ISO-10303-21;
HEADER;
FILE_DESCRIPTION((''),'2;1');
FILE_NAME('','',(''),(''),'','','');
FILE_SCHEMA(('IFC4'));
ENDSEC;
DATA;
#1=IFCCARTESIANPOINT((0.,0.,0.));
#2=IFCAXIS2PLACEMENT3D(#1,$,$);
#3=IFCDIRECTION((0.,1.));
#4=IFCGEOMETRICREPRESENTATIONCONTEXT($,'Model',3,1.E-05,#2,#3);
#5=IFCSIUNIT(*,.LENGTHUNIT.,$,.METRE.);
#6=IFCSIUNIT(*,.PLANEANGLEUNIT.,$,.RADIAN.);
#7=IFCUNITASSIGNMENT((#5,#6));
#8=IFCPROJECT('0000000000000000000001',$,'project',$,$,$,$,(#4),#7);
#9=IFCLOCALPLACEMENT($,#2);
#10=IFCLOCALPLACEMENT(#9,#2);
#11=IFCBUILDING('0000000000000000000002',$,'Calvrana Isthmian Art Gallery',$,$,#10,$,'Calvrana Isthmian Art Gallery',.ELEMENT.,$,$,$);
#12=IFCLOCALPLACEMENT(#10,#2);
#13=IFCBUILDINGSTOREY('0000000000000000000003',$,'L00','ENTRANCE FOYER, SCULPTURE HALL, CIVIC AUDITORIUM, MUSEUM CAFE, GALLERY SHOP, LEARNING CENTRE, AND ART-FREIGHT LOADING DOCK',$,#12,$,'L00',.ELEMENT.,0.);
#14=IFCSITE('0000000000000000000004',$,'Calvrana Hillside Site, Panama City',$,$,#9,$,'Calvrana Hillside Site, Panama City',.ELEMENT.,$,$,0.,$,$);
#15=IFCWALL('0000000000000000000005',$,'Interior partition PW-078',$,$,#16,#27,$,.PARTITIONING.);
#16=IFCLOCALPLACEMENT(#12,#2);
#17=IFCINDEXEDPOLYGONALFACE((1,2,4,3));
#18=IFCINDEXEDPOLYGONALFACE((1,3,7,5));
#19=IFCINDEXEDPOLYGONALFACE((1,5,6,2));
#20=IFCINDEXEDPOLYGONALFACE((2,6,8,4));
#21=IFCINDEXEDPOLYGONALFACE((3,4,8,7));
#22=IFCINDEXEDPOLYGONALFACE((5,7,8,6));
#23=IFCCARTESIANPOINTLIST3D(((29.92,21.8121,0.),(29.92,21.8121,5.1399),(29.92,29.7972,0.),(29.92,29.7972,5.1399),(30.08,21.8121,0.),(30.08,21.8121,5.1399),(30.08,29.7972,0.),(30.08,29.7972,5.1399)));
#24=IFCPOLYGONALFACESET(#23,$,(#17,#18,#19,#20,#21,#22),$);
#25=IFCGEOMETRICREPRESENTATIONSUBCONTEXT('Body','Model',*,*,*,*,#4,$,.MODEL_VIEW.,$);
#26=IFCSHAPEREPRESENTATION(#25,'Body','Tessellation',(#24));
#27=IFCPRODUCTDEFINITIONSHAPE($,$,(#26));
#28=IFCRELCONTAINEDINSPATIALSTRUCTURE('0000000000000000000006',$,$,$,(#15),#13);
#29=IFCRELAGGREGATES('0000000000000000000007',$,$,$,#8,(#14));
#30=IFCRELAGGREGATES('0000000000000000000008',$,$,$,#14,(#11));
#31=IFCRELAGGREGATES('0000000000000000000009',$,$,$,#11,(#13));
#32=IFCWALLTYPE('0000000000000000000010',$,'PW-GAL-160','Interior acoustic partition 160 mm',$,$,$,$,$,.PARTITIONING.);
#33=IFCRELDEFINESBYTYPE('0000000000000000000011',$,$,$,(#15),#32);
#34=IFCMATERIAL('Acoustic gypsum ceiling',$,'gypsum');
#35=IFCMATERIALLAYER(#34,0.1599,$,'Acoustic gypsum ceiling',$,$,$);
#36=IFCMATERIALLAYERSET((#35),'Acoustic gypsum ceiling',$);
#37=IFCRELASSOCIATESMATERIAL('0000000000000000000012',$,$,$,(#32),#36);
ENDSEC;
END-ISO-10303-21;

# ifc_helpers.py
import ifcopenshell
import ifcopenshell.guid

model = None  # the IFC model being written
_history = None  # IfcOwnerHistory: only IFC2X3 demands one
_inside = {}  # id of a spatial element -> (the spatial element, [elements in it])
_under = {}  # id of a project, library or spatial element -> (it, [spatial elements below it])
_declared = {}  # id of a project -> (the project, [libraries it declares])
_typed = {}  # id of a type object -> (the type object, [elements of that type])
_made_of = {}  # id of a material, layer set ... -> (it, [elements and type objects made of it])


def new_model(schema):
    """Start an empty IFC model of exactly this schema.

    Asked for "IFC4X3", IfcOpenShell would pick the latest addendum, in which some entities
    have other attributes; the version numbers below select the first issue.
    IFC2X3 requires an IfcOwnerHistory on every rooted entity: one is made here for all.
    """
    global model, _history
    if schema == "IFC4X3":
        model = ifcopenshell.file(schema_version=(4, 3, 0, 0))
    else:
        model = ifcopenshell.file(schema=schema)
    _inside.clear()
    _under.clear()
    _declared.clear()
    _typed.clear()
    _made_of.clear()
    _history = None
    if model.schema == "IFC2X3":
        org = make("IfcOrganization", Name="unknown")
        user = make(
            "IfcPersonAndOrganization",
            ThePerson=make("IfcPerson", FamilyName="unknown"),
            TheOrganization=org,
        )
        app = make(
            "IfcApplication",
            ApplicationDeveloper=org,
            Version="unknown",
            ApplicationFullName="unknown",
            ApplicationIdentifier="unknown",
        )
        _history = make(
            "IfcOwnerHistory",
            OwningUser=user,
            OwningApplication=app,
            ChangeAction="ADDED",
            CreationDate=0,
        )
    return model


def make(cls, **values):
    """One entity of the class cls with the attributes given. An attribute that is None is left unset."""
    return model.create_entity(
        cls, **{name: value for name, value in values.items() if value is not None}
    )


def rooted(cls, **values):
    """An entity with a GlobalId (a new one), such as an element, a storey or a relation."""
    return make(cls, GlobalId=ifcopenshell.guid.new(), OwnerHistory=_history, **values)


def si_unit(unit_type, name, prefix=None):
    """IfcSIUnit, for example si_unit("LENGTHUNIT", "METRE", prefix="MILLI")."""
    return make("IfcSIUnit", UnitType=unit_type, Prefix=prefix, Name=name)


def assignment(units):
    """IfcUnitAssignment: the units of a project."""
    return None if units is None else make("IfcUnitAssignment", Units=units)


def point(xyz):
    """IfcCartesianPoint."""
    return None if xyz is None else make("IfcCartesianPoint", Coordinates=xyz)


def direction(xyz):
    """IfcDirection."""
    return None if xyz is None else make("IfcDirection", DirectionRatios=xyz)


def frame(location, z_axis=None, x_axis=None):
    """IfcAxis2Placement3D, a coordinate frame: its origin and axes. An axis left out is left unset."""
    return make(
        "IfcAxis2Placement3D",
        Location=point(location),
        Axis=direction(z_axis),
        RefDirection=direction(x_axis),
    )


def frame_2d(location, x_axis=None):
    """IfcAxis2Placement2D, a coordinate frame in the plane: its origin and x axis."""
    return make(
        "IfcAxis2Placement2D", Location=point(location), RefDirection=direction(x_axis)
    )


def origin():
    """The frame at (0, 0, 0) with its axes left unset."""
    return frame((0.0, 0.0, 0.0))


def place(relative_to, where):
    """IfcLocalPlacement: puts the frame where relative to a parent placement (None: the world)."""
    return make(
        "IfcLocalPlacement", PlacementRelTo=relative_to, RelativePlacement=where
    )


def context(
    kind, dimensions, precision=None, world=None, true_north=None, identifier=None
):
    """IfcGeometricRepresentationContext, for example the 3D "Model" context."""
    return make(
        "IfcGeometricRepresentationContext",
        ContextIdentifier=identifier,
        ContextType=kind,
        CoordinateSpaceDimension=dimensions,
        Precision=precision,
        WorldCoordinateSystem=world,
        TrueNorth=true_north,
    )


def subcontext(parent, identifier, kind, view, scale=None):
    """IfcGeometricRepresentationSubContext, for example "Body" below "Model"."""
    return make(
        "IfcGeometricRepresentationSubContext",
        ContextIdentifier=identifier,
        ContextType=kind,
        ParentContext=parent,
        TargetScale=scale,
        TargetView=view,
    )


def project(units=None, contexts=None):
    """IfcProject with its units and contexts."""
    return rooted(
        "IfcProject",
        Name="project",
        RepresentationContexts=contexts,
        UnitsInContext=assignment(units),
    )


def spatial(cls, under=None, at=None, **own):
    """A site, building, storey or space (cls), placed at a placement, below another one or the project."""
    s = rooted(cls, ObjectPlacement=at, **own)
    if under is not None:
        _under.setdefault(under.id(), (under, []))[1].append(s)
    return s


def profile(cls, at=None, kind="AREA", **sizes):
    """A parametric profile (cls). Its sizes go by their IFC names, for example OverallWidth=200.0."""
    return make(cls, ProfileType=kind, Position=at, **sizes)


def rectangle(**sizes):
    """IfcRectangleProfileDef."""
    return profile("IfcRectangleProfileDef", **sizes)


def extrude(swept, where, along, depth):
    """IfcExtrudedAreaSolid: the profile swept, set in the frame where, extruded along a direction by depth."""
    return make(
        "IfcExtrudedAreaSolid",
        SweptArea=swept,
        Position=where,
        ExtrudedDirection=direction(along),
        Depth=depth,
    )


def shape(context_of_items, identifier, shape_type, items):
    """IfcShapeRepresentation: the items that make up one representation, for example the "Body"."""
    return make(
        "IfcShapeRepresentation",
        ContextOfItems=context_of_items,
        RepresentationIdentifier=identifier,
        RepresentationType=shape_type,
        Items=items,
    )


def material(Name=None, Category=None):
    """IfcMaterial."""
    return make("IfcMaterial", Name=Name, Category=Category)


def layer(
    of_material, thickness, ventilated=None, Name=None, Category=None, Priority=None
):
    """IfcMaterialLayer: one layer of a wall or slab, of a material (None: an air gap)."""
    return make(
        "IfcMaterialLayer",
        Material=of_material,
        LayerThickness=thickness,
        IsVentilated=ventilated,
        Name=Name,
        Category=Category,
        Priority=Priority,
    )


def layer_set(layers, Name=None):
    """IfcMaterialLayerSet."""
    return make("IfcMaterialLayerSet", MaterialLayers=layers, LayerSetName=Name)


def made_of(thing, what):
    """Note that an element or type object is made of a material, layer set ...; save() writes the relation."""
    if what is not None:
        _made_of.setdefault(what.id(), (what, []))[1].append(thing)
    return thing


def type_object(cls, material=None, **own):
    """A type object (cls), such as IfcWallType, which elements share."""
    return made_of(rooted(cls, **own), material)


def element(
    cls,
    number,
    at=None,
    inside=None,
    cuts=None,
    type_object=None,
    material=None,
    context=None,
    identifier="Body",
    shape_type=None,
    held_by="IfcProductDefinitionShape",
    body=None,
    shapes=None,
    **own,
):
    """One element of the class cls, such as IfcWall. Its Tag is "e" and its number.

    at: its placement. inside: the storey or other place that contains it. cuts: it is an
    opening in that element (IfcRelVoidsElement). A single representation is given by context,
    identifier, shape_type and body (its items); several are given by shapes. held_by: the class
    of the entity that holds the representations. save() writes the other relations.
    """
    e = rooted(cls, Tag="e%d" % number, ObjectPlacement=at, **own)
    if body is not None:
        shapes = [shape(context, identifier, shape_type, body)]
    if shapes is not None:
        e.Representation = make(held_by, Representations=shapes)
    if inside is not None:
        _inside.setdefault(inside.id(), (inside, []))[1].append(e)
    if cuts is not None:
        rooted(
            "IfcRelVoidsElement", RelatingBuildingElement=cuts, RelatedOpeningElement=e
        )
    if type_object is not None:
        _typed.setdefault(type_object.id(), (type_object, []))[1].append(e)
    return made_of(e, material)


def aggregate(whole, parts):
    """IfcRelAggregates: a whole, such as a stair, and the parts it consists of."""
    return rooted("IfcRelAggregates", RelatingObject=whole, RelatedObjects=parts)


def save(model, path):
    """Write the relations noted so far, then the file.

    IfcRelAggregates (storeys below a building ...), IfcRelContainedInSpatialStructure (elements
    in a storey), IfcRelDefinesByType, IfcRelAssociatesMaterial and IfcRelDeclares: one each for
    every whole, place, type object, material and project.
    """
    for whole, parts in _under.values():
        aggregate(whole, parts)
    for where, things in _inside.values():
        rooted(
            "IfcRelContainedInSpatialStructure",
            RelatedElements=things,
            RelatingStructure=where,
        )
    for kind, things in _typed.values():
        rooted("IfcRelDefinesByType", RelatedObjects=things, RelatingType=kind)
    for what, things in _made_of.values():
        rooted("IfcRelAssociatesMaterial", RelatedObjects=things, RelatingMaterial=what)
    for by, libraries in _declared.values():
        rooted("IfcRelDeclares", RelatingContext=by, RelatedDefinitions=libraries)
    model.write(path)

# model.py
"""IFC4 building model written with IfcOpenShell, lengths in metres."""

from ifc_helpers import new_model, si_unit, direction, frame, frame_2d, origin, place, context, subcontext, project, spatial, rectangle, extrude, material, layer, layer_set, type_object, element, save


model = new_model("IFC4")

# Units and contexts
model_context = context("Model", 3, precision=1e-05, world=origin(), true_north=direction((0.0, 1.0)))
body_context = subcontext(model_context, "Body", "Model", "MODEL_VIEW")
ifc_project = project(units=[si_unit("LENGTHUNIT", "METRE"), si_unit("PLANEANGLEUNIT", "RADIAN")], contexts=[model_context])

# Site, building, storey
site_placement = place(None, origin())
site = spatial("IfcSite", under=ifc_project, at=site_placement, Name="Calvrana Hillside Site, Panama City", LongName="Calvrana Hillside Site, Panama City", CompositionType="ELEMENT", RefElevation=0.0)
building_placement = place(site_placement, origin())
building = spatial("IfcBuilding", under=site, at=building_placement, Name="Calvrana Isthmian Art Gallery", LongName="Calvrana Isthmian Art Gallery", CompositionType="ELEMENT")
storey_placement = place(building_placement, origin())
storey = spatial("IfcBuildingStorey", under=building, at=storey_placement, Name="L00", Description="ENTRANCE FOYER, SCULPTURE HALL, CIVIC AUDITORIUM, MUSEUM CAFE, GALLERY SHOP, LEARNING CENTRE, AND ART-FREIGHT LOADING DOCK", LongName="L00", CompositionType="ELEMENT", Elevation=0.0)

# Wall
ifc_material_1 = material(Name="Acoustic gypsum ceiling", Category="gypsum")
ifc_layer_1 = layer(ifc_material_1, 0.1599, Name="Acoustic gypsum ceiling")
ifc_layer_set_1 = layer_set([ifc_layer_1], Name="Acoustic gypsum ceiling")
wall_type_1 = type_object("IfcWallType", Name="PW-GAL-160", Description="Interior acoustic partition 160 mm", PredefinedType="PARTITIONING", material=ifc_layer_set_1)
wall_1_placement = place(storey_placement, frame((30.0, 21.812, 0.0), z_axis=(0.0, 0.0, 1.0), x_axis=(0.0, 1.0, 0.0)))
element("IfcWall", 1, at=wall_1_placement, inside=storey, type_object=wall_type_1, Name="Interior partition PW-078", PredefinedType="PARTITIONING", context=body_context, shape_type="SweptSolid", body=[
    extrude(rectangle(XDim=7.9851, YDim=0.1599, at=frame_2d((3.9927, 0.0))), origin(), (0.0, 0.0, 1.0), 5.1399),
])

save(model, "model.ifc")
